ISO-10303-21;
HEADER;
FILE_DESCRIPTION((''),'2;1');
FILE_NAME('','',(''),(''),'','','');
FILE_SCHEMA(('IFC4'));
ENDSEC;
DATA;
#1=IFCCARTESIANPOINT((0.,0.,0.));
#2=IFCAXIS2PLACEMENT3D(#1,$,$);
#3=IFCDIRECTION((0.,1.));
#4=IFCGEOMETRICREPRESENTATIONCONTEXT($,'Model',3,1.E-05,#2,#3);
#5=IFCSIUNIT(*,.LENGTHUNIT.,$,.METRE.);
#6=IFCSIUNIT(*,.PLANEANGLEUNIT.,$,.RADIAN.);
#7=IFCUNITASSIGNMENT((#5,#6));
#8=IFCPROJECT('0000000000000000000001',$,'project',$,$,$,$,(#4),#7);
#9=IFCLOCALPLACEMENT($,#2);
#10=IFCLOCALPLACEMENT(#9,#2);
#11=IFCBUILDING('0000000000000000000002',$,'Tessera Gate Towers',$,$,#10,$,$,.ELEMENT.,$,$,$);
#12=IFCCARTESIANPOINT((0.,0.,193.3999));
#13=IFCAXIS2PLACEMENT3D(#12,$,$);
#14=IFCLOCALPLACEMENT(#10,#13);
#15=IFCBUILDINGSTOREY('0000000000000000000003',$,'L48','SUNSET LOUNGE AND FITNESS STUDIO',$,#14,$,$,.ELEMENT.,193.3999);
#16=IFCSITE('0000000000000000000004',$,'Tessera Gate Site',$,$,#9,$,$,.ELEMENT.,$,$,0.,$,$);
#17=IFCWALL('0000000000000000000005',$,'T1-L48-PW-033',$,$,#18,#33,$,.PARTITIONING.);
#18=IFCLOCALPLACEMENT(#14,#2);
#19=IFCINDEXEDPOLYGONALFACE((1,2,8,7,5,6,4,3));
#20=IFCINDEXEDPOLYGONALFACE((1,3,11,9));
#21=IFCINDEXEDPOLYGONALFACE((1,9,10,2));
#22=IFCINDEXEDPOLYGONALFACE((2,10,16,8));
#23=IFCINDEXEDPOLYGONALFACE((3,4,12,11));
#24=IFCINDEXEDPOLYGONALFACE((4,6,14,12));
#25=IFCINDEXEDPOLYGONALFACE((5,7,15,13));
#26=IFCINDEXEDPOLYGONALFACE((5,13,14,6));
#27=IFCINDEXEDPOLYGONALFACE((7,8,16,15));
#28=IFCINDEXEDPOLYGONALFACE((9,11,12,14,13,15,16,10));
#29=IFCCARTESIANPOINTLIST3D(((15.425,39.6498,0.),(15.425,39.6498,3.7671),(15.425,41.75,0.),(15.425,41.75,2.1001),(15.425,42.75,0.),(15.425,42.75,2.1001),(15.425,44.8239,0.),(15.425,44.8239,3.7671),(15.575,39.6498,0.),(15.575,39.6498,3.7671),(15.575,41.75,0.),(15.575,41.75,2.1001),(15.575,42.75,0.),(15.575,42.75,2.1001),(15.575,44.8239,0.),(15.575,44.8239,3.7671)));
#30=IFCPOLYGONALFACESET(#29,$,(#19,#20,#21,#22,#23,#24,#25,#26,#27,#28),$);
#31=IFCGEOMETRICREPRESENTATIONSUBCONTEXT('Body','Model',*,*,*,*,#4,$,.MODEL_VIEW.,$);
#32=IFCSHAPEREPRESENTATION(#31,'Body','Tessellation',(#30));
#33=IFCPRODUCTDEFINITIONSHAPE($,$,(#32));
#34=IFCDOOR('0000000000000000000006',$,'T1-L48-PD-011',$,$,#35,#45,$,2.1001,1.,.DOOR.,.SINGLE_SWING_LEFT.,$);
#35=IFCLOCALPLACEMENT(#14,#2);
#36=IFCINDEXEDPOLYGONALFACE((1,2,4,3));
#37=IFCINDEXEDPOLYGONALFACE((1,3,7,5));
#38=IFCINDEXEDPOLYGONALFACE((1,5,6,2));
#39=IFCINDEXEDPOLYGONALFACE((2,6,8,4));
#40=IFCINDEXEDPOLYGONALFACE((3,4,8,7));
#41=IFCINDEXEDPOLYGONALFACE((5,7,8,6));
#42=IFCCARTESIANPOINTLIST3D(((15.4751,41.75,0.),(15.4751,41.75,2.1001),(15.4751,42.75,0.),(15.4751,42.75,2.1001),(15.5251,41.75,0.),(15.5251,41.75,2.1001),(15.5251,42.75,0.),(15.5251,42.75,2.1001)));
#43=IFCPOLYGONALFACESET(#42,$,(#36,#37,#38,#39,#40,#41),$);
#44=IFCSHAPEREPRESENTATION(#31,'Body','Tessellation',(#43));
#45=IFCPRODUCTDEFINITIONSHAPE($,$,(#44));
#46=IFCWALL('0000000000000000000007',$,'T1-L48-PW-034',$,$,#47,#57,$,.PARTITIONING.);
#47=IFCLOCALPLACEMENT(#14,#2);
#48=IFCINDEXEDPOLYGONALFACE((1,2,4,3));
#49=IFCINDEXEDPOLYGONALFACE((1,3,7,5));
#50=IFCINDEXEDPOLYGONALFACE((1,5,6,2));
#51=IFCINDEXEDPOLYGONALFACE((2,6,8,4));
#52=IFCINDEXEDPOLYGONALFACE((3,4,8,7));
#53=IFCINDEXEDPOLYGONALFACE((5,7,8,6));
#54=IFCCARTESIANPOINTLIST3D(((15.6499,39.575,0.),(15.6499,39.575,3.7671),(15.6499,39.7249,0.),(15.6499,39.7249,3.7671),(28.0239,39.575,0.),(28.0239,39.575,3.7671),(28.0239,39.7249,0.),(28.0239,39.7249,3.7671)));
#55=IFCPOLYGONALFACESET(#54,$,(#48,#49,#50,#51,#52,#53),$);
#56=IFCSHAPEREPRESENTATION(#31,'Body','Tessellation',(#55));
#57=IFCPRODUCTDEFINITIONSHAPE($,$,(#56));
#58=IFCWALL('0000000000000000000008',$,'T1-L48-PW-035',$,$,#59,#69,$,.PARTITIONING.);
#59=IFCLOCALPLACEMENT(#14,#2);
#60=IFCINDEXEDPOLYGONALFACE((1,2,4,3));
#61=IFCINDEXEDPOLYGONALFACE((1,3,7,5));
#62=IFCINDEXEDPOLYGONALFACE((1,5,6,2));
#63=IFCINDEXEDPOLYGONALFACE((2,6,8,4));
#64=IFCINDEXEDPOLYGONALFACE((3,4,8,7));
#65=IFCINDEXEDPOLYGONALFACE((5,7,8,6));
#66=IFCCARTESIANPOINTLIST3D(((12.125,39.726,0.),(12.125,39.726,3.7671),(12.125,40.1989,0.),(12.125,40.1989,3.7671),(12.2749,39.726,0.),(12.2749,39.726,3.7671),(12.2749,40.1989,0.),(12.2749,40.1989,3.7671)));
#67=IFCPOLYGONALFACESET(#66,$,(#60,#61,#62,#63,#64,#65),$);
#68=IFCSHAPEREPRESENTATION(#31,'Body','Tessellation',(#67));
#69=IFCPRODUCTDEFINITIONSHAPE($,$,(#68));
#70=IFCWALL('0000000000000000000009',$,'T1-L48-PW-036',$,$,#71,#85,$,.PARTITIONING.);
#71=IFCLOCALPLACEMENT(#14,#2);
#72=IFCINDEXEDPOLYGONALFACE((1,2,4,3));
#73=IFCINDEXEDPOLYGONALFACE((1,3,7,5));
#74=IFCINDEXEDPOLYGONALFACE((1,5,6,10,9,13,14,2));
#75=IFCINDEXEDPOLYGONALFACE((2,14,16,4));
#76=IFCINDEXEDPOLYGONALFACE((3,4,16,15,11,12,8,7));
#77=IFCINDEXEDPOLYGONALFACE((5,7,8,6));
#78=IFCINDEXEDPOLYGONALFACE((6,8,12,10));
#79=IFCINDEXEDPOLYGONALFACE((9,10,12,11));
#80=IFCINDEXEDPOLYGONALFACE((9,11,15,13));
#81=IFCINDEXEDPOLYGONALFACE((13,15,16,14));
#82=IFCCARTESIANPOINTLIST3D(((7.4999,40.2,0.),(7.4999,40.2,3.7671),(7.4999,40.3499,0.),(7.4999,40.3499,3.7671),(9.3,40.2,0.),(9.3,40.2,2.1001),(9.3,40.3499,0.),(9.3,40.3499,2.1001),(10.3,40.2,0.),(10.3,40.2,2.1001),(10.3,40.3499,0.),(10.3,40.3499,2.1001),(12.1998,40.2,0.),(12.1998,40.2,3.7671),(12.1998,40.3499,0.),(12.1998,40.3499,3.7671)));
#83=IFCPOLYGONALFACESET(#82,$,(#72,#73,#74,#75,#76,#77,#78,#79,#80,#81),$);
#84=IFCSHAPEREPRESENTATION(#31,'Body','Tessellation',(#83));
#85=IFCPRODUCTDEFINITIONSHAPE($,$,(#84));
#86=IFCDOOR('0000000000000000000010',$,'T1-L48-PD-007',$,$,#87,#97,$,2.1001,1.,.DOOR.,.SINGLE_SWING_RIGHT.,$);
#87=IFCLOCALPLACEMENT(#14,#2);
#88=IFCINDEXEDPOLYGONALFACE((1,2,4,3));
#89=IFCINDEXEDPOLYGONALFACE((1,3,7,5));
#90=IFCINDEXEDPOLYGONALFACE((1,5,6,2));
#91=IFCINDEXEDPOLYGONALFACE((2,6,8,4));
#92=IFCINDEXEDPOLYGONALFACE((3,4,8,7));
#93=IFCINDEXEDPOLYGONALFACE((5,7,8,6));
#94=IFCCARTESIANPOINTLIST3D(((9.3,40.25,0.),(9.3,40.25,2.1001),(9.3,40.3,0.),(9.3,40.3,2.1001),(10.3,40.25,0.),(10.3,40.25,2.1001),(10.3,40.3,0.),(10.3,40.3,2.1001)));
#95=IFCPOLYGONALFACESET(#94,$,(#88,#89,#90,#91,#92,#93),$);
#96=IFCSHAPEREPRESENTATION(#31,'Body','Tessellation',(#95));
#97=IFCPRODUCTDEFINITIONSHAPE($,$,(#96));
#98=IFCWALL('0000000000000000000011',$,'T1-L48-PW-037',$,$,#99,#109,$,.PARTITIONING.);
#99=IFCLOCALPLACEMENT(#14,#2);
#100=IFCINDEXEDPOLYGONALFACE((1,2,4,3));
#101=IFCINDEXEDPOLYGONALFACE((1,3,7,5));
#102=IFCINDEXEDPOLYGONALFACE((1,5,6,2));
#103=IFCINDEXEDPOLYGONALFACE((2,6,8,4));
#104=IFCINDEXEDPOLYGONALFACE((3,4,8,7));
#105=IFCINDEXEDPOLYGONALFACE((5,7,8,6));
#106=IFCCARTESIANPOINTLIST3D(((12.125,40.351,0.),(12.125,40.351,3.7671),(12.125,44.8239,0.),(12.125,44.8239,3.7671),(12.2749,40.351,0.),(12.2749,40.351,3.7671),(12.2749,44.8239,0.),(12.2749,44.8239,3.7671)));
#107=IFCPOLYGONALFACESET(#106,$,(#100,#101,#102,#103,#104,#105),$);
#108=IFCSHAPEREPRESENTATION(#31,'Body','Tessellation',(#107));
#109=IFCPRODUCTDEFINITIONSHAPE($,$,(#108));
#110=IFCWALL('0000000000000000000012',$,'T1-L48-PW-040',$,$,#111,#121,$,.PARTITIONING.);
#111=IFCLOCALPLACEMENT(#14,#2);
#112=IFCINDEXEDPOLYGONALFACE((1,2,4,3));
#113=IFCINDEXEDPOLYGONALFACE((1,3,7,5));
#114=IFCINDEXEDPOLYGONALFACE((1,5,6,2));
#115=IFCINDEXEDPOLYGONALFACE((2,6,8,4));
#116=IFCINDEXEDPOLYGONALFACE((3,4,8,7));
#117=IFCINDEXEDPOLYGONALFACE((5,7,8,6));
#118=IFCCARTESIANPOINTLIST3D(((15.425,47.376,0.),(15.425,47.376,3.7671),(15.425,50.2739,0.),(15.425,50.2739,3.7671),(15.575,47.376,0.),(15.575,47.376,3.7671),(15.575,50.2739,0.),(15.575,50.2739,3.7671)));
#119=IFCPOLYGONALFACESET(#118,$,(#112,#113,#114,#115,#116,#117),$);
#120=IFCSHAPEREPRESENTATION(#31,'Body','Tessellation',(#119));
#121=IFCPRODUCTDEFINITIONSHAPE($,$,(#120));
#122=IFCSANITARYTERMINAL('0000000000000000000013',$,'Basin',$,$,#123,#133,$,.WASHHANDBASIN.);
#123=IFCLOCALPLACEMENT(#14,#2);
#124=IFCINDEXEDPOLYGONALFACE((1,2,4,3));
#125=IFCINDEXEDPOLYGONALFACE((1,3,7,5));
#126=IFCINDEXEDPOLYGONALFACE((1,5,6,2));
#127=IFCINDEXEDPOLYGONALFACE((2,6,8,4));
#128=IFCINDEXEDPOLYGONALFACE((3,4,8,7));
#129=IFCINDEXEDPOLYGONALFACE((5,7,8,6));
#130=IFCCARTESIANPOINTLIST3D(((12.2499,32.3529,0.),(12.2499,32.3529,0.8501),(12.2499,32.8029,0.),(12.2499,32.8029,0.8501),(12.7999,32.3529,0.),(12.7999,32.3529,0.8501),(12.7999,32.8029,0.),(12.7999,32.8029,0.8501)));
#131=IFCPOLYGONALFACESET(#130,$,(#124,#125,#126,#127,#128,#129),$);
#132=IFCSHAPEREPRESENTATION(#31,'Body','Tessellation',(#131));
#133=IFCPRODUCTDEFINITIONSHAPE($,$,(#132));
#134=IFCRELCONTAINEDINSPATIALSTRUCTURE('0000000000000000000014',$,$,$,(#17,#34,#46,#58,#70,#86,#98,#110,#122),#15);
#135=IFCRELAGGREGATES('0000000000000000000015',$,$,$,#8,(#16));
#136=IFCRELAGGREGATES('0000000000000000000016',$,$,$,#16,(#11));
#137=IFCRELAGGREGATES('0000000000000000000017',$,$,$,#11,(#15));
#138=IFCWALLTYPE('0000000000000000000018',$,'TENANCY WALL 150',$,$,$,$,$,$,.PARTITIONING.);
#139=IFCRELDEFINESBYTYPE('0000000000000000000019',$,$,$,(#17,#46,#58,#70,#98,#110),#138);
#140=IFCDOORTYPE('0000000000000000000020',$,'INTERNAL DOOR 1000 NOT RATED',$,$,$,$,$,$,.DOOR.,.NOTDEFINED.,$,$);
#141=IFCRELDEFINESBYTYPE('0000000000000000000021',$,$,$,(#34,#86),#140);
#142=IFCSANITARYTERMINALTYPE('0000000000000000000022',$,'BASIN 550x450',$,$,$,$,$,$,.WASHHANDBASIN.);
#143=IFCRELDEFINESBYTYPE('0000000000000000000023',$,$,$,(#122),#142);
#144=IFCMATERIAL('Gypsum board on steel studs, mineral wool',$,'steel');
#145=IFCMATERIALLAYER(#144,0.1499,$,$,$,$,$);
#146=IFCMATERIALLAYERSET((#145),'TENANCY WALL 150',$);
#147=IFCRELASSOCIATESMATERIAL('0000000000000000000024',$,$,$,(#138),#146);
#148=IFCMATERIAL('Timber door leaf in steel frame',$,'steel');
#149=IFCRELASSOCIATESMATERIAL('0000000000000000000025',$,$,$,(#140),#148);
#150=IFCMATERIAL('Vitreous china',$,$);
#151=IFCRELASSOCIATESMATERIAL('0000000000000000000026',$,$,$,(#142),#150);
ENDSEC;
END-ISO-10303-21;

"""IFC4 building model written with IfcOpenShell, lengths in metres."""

from ifc_helpers import new_model, si_unit, direction, frame, frame_2d, origin, origin_2d, place, context, subcontext, project, spatial, rectangle, extrude, source, transform, mapped, material, layer, layer_set, type_object, element, fill, save


model = new_model("IFC4")

# Units and contexts
model_context = context("Model", 3, precision=1e-05, world=origin(), true_north=direction((0.0, 1.0)))
body_context = subcontext(model_context, "Body", "Model", "MODEL_VIEW")
ifc_project = project(units=[si_unit("LENGTHUNIT", "METRE"), si_unit("PLANEANGLEUNIT", "RADIAN")], contexts=[model_context])

# Site, building, storey
site_placement = place(None, origin())
site = spatial("IfcSite", under=ifc_project, at=site_placement, Name="Tessera Gate Site", CompositionType="ELEMENT", RefElevation=0.0)
building_placement = place(site_placement, origin())
building = spatial("IfcBuilding", under=site, at=building_placement, Name="Tessera Gate Towers", CompositionType="ELEMENT")
storey_placement = place(building_placement, frame((0.0, 0.0, 193.3999)))
storey = spatial("IfcBuildingStorey", under=building, at=storey_placement, Name="L48", Description="SUNSET LOUNGE AND FITNESS STUDIO", CompositionType="ELEMENT", Elevation=193.3999)

# Shared definitions
ifc_material_1 = material(Name="Gypsum board on steel studs, mineral wool", Category="steel")
ifc_layer_1 = layer(ifc_material_1, 0.1499)
ifc_layer_set_1 = layer_set([ifc_layer_1], Name="TENANCY WALL 150")
wall_type_1 = type_object("IfcWallType", Name="TENANCY WALL 150", PredefinedType="PARTITIONING", material=ifc_layer_set_1)
shared_shape_1 = source(origin(), body_context, "Body", "SweptSolid", [
    extrude(rectangle(XDim=1.0, YDim=2.1001, at=frame_2d((0.5, 1.05))), frame((0.0, 0.085, 0.0), z_axis=(0.0, -1.0, 0.0), x_axis=(1.0, 0.0, 0.0)), (0.0, 0.0, 1.0), 0.1699),
])
ifc_material_2 = material(Name="Timber door leaf in steel frame", Category="steel")
door_type = type_object("IfcDoorType", Name="INTERNAL DOOR 1000 NOT RATED", OperationType="NOTDEFINED", PredefinedType="DOOR", material=ifc_material_2)
shared_shape_2 = source(origin(), body_context, "Body", "SweptSolid", [
    extrude(rectangle(XDim=1.0, YDim=2.1001, at=frame_2d((0.5, 1.05))), frame((0.0, 0.0249, 0.0), z_axis=(0.0, -1.0, 0.0), x_axis=(1.0, 0.0, 0.0)), (0.0, 0.0, 1.0), 0.05),
])

# Wall, opening, door
wall_1_placement = place(storey_placement, frame((15.5, 39.6499, 0.0), z_axis=(0.0, 0.0, 1.0), x_axis=(0.0, 1.0, 0.0)))
wall_1 = element("IfcWall", 1, at=wall_1_placement, inside=storey, type_object=wall_type_1, Name="T1-L48-PW-033", PredefinedType="PARTITIONING", context=body_context, shape_type="SweptSolid", body=[
    extrude(rectangle(XDim=5.1741, YDim=0.1499, at=frame_2d((2.5869, 0.0))), origin(), (0.0, 0.0, 1.0), 3.7671),
])
opening_1_placement = place(wall_1_placement, frame((2.1001, 0.0, 0.0)))
opening_1 = element("IfcOpeningElement", 2, at=opening_1_placement, cuts=wall_1, PredefinedType="OPENING", context=body_context, shape_type="MappedRepresentation", body=[
    mapped(shared_shape_1, transform((0.0, 0.0, 0.0), scale=1.0)),
])
door_1_placement = place(opening_1_placement, origin())
door_1 = element("IfcDoor", 3, at=door_1_placement, inside=storey, type_object=door_type, Name="T1-L48-PD-011", OperationType="SINGLE_SWING_LEFT", OverallHeight=2.1001, OverallWidth=1.0, PredefinedType="DOOR", context=body_context, shape_type="MappedRepresentation", body=[
    mapped(shared_shape_2, transform((0.0, 0.0, 0.0), scale=1.0)),
])
fill(opening_1, door_1)

# Walls
wall_2_placement = place(storey_placement, frame((15.6499, 39.6499, 0.0), z_axis=(0.0, 0.0, 1.0), x_axis=(1.0, 0.0, 0.0)))
element("IfcWall", 4, at=wall_2_placement, inside=storey, type_object=wall_type_1, Name="T1-L48-PW-034", PredefinedType="PARTITIONING", context=body_context, shape_type="SweptSolid", body=[
    extrude(rectangle(XDim=12.374, YDim=0.1499, at=frame_2d((6.187, 0.0))), origin(), (0.0, 0.0, 1.0), 3.7671),
])
wall_3_placement = place(storey_placement, frame((12.2, 39.7261, 0.0), z_axis=(0.0, 0.0, 1.0), x_axis=(0.0, 1.0, 0.0)))
element("IfcWall", 5, at=wall_3_placement, inside=storey, type_object=wall_type_1, Name="T1-L48-PW-035", PredefinedType="PARTITIONING", context=body_context, shape_type="SweptSolid", body=[
    extrude(rectangle(XDim=0.4729, YDim=0.1499, at=frame_2d((0.2363, 0.0))), origin(), (0.0, 0.0, 1.0), 3.7671),
])

# Wall, opening, door
wall_4_placement = place(storey_placement, frame((12.2, 40.2749, 0.0), z_axis=(0.0, 0.0, 1.0), x_axis=(-1.0, 0.0, 0.0)))
wall_4 = element("IfcWall", 6, at=wall_4_placement, inside=storey, type_object=wall_type_1, Name="T1-L48-PW-036", PredefinedType="PARTITIONING", context=body_context, shape_type="SweptSolid", body=[
    extrude(rectangle(XDim=4.7, YDim=0.1499, at=frame_2d((2.3501, 0.0))), origin(), (0.0, 0.0, 1.0), 3.7671),
])
opening_2_placement = place(wall_4_placement, frame((1.8999, 0.0, 0.0)))
opening_2 = element("IfcOpeningElement", 7, at=opening_2_placement, cuts=wall_4, PredefinedType="OPENING", context=body_context, shape_type="MappedRepresentation", body=[
    mapped(shared_shape_1, transform((0.0, 0.0, 0.0), scale=1.0)),
])
door_2_placement = place(opening_2_placement, origin())
door_2 = element("IfcDoor", 8, at=door_2_placement, inside=storey, type_object=door_type, Name="T1-L48-PD-007", OperationType="SINGLE_SWING_RIGHT", OverallHeight=2.1001, OverallWidth=1.0, PredefinedType="DOOR", context=body_context, shape_type="MappedRepresentation", body=[
    mapped(shared_shape_2, transform((0.0, 0.0, 0.0), scale=1.0)),
])
fill(opening_2, door_2)

# Walls
wall_5_placement = place(storey_placement, frame((12.2, 40.3511, 0.0), z_axis=(0.0, 0.0, 1.0), x_axis=(0.0, 1.0, 0.0)))
element("IfcWall", 9, at=wall_5_placement, inside=storey, type_object=wall_type_1, Name="T1-L48-PW-037", PredefinedType="PARTITIONING", context=body_context, shape_type="SweptSolid", body=[
    extrude(rectangle(XDim=4.4729, YDim=0.1499, at=frame_2d((2.2363, 0.0))), origin(), (0.0, 0.0, 1.0), 3.7671),
])
wall_6_placement = place(storey_placement, frame((15.5, 47.376, 0.0), z_axis=(0.0, 0.0, 1.0), x_axis=(0.0, 1.0, 0.0)))
element("IfcWall", 10, at=wall_6_placement, inside=storey, type_object=wall_type_1, Name="T1-L48-PW-040", PredefinedType="PARTITIONING", context=body_context, shape_type="SweptSolid", body=[
    extrude(rectangle(XDim=2.8979, YDim=0.1499, at=frame_2d((1.449, 0.0))), origin(), (0.0, 0.0, 1.0), 3.7671),
])

# Sanitary terminal
ifc_material_3 = material(Name="Vitreous china")
sanitary_terminal_type = type_object("IfcSanitaryTerminalType", Name="BASIN 550x450", PredefinedType="WASHHANDBASIN", material=ifc_material_3)
sanitary_terminal_placement = place(storey_placement, frame((12.5249, 32.5779, 0.0), z_axis=(0.0, 0.0, 1.0), x_axis=(1.0, 0.0, 0.0)))
element("IfcSanitaryTerminal", 11, at=sanitary_terminal_placement, inside=storey, type_object=sanitary_terminal_type, Name="Basin", PredefinedType="WASHHANDBASIN", context=body_context, shape_type="SweptSolid", body=[
    extrude(rectangle(XDim=0.55, YDim=0.45, at=origin_2d()), origin(), (0.0, 0.0, 1.0), 0.8501),
])

save(model, "model.ifc")
